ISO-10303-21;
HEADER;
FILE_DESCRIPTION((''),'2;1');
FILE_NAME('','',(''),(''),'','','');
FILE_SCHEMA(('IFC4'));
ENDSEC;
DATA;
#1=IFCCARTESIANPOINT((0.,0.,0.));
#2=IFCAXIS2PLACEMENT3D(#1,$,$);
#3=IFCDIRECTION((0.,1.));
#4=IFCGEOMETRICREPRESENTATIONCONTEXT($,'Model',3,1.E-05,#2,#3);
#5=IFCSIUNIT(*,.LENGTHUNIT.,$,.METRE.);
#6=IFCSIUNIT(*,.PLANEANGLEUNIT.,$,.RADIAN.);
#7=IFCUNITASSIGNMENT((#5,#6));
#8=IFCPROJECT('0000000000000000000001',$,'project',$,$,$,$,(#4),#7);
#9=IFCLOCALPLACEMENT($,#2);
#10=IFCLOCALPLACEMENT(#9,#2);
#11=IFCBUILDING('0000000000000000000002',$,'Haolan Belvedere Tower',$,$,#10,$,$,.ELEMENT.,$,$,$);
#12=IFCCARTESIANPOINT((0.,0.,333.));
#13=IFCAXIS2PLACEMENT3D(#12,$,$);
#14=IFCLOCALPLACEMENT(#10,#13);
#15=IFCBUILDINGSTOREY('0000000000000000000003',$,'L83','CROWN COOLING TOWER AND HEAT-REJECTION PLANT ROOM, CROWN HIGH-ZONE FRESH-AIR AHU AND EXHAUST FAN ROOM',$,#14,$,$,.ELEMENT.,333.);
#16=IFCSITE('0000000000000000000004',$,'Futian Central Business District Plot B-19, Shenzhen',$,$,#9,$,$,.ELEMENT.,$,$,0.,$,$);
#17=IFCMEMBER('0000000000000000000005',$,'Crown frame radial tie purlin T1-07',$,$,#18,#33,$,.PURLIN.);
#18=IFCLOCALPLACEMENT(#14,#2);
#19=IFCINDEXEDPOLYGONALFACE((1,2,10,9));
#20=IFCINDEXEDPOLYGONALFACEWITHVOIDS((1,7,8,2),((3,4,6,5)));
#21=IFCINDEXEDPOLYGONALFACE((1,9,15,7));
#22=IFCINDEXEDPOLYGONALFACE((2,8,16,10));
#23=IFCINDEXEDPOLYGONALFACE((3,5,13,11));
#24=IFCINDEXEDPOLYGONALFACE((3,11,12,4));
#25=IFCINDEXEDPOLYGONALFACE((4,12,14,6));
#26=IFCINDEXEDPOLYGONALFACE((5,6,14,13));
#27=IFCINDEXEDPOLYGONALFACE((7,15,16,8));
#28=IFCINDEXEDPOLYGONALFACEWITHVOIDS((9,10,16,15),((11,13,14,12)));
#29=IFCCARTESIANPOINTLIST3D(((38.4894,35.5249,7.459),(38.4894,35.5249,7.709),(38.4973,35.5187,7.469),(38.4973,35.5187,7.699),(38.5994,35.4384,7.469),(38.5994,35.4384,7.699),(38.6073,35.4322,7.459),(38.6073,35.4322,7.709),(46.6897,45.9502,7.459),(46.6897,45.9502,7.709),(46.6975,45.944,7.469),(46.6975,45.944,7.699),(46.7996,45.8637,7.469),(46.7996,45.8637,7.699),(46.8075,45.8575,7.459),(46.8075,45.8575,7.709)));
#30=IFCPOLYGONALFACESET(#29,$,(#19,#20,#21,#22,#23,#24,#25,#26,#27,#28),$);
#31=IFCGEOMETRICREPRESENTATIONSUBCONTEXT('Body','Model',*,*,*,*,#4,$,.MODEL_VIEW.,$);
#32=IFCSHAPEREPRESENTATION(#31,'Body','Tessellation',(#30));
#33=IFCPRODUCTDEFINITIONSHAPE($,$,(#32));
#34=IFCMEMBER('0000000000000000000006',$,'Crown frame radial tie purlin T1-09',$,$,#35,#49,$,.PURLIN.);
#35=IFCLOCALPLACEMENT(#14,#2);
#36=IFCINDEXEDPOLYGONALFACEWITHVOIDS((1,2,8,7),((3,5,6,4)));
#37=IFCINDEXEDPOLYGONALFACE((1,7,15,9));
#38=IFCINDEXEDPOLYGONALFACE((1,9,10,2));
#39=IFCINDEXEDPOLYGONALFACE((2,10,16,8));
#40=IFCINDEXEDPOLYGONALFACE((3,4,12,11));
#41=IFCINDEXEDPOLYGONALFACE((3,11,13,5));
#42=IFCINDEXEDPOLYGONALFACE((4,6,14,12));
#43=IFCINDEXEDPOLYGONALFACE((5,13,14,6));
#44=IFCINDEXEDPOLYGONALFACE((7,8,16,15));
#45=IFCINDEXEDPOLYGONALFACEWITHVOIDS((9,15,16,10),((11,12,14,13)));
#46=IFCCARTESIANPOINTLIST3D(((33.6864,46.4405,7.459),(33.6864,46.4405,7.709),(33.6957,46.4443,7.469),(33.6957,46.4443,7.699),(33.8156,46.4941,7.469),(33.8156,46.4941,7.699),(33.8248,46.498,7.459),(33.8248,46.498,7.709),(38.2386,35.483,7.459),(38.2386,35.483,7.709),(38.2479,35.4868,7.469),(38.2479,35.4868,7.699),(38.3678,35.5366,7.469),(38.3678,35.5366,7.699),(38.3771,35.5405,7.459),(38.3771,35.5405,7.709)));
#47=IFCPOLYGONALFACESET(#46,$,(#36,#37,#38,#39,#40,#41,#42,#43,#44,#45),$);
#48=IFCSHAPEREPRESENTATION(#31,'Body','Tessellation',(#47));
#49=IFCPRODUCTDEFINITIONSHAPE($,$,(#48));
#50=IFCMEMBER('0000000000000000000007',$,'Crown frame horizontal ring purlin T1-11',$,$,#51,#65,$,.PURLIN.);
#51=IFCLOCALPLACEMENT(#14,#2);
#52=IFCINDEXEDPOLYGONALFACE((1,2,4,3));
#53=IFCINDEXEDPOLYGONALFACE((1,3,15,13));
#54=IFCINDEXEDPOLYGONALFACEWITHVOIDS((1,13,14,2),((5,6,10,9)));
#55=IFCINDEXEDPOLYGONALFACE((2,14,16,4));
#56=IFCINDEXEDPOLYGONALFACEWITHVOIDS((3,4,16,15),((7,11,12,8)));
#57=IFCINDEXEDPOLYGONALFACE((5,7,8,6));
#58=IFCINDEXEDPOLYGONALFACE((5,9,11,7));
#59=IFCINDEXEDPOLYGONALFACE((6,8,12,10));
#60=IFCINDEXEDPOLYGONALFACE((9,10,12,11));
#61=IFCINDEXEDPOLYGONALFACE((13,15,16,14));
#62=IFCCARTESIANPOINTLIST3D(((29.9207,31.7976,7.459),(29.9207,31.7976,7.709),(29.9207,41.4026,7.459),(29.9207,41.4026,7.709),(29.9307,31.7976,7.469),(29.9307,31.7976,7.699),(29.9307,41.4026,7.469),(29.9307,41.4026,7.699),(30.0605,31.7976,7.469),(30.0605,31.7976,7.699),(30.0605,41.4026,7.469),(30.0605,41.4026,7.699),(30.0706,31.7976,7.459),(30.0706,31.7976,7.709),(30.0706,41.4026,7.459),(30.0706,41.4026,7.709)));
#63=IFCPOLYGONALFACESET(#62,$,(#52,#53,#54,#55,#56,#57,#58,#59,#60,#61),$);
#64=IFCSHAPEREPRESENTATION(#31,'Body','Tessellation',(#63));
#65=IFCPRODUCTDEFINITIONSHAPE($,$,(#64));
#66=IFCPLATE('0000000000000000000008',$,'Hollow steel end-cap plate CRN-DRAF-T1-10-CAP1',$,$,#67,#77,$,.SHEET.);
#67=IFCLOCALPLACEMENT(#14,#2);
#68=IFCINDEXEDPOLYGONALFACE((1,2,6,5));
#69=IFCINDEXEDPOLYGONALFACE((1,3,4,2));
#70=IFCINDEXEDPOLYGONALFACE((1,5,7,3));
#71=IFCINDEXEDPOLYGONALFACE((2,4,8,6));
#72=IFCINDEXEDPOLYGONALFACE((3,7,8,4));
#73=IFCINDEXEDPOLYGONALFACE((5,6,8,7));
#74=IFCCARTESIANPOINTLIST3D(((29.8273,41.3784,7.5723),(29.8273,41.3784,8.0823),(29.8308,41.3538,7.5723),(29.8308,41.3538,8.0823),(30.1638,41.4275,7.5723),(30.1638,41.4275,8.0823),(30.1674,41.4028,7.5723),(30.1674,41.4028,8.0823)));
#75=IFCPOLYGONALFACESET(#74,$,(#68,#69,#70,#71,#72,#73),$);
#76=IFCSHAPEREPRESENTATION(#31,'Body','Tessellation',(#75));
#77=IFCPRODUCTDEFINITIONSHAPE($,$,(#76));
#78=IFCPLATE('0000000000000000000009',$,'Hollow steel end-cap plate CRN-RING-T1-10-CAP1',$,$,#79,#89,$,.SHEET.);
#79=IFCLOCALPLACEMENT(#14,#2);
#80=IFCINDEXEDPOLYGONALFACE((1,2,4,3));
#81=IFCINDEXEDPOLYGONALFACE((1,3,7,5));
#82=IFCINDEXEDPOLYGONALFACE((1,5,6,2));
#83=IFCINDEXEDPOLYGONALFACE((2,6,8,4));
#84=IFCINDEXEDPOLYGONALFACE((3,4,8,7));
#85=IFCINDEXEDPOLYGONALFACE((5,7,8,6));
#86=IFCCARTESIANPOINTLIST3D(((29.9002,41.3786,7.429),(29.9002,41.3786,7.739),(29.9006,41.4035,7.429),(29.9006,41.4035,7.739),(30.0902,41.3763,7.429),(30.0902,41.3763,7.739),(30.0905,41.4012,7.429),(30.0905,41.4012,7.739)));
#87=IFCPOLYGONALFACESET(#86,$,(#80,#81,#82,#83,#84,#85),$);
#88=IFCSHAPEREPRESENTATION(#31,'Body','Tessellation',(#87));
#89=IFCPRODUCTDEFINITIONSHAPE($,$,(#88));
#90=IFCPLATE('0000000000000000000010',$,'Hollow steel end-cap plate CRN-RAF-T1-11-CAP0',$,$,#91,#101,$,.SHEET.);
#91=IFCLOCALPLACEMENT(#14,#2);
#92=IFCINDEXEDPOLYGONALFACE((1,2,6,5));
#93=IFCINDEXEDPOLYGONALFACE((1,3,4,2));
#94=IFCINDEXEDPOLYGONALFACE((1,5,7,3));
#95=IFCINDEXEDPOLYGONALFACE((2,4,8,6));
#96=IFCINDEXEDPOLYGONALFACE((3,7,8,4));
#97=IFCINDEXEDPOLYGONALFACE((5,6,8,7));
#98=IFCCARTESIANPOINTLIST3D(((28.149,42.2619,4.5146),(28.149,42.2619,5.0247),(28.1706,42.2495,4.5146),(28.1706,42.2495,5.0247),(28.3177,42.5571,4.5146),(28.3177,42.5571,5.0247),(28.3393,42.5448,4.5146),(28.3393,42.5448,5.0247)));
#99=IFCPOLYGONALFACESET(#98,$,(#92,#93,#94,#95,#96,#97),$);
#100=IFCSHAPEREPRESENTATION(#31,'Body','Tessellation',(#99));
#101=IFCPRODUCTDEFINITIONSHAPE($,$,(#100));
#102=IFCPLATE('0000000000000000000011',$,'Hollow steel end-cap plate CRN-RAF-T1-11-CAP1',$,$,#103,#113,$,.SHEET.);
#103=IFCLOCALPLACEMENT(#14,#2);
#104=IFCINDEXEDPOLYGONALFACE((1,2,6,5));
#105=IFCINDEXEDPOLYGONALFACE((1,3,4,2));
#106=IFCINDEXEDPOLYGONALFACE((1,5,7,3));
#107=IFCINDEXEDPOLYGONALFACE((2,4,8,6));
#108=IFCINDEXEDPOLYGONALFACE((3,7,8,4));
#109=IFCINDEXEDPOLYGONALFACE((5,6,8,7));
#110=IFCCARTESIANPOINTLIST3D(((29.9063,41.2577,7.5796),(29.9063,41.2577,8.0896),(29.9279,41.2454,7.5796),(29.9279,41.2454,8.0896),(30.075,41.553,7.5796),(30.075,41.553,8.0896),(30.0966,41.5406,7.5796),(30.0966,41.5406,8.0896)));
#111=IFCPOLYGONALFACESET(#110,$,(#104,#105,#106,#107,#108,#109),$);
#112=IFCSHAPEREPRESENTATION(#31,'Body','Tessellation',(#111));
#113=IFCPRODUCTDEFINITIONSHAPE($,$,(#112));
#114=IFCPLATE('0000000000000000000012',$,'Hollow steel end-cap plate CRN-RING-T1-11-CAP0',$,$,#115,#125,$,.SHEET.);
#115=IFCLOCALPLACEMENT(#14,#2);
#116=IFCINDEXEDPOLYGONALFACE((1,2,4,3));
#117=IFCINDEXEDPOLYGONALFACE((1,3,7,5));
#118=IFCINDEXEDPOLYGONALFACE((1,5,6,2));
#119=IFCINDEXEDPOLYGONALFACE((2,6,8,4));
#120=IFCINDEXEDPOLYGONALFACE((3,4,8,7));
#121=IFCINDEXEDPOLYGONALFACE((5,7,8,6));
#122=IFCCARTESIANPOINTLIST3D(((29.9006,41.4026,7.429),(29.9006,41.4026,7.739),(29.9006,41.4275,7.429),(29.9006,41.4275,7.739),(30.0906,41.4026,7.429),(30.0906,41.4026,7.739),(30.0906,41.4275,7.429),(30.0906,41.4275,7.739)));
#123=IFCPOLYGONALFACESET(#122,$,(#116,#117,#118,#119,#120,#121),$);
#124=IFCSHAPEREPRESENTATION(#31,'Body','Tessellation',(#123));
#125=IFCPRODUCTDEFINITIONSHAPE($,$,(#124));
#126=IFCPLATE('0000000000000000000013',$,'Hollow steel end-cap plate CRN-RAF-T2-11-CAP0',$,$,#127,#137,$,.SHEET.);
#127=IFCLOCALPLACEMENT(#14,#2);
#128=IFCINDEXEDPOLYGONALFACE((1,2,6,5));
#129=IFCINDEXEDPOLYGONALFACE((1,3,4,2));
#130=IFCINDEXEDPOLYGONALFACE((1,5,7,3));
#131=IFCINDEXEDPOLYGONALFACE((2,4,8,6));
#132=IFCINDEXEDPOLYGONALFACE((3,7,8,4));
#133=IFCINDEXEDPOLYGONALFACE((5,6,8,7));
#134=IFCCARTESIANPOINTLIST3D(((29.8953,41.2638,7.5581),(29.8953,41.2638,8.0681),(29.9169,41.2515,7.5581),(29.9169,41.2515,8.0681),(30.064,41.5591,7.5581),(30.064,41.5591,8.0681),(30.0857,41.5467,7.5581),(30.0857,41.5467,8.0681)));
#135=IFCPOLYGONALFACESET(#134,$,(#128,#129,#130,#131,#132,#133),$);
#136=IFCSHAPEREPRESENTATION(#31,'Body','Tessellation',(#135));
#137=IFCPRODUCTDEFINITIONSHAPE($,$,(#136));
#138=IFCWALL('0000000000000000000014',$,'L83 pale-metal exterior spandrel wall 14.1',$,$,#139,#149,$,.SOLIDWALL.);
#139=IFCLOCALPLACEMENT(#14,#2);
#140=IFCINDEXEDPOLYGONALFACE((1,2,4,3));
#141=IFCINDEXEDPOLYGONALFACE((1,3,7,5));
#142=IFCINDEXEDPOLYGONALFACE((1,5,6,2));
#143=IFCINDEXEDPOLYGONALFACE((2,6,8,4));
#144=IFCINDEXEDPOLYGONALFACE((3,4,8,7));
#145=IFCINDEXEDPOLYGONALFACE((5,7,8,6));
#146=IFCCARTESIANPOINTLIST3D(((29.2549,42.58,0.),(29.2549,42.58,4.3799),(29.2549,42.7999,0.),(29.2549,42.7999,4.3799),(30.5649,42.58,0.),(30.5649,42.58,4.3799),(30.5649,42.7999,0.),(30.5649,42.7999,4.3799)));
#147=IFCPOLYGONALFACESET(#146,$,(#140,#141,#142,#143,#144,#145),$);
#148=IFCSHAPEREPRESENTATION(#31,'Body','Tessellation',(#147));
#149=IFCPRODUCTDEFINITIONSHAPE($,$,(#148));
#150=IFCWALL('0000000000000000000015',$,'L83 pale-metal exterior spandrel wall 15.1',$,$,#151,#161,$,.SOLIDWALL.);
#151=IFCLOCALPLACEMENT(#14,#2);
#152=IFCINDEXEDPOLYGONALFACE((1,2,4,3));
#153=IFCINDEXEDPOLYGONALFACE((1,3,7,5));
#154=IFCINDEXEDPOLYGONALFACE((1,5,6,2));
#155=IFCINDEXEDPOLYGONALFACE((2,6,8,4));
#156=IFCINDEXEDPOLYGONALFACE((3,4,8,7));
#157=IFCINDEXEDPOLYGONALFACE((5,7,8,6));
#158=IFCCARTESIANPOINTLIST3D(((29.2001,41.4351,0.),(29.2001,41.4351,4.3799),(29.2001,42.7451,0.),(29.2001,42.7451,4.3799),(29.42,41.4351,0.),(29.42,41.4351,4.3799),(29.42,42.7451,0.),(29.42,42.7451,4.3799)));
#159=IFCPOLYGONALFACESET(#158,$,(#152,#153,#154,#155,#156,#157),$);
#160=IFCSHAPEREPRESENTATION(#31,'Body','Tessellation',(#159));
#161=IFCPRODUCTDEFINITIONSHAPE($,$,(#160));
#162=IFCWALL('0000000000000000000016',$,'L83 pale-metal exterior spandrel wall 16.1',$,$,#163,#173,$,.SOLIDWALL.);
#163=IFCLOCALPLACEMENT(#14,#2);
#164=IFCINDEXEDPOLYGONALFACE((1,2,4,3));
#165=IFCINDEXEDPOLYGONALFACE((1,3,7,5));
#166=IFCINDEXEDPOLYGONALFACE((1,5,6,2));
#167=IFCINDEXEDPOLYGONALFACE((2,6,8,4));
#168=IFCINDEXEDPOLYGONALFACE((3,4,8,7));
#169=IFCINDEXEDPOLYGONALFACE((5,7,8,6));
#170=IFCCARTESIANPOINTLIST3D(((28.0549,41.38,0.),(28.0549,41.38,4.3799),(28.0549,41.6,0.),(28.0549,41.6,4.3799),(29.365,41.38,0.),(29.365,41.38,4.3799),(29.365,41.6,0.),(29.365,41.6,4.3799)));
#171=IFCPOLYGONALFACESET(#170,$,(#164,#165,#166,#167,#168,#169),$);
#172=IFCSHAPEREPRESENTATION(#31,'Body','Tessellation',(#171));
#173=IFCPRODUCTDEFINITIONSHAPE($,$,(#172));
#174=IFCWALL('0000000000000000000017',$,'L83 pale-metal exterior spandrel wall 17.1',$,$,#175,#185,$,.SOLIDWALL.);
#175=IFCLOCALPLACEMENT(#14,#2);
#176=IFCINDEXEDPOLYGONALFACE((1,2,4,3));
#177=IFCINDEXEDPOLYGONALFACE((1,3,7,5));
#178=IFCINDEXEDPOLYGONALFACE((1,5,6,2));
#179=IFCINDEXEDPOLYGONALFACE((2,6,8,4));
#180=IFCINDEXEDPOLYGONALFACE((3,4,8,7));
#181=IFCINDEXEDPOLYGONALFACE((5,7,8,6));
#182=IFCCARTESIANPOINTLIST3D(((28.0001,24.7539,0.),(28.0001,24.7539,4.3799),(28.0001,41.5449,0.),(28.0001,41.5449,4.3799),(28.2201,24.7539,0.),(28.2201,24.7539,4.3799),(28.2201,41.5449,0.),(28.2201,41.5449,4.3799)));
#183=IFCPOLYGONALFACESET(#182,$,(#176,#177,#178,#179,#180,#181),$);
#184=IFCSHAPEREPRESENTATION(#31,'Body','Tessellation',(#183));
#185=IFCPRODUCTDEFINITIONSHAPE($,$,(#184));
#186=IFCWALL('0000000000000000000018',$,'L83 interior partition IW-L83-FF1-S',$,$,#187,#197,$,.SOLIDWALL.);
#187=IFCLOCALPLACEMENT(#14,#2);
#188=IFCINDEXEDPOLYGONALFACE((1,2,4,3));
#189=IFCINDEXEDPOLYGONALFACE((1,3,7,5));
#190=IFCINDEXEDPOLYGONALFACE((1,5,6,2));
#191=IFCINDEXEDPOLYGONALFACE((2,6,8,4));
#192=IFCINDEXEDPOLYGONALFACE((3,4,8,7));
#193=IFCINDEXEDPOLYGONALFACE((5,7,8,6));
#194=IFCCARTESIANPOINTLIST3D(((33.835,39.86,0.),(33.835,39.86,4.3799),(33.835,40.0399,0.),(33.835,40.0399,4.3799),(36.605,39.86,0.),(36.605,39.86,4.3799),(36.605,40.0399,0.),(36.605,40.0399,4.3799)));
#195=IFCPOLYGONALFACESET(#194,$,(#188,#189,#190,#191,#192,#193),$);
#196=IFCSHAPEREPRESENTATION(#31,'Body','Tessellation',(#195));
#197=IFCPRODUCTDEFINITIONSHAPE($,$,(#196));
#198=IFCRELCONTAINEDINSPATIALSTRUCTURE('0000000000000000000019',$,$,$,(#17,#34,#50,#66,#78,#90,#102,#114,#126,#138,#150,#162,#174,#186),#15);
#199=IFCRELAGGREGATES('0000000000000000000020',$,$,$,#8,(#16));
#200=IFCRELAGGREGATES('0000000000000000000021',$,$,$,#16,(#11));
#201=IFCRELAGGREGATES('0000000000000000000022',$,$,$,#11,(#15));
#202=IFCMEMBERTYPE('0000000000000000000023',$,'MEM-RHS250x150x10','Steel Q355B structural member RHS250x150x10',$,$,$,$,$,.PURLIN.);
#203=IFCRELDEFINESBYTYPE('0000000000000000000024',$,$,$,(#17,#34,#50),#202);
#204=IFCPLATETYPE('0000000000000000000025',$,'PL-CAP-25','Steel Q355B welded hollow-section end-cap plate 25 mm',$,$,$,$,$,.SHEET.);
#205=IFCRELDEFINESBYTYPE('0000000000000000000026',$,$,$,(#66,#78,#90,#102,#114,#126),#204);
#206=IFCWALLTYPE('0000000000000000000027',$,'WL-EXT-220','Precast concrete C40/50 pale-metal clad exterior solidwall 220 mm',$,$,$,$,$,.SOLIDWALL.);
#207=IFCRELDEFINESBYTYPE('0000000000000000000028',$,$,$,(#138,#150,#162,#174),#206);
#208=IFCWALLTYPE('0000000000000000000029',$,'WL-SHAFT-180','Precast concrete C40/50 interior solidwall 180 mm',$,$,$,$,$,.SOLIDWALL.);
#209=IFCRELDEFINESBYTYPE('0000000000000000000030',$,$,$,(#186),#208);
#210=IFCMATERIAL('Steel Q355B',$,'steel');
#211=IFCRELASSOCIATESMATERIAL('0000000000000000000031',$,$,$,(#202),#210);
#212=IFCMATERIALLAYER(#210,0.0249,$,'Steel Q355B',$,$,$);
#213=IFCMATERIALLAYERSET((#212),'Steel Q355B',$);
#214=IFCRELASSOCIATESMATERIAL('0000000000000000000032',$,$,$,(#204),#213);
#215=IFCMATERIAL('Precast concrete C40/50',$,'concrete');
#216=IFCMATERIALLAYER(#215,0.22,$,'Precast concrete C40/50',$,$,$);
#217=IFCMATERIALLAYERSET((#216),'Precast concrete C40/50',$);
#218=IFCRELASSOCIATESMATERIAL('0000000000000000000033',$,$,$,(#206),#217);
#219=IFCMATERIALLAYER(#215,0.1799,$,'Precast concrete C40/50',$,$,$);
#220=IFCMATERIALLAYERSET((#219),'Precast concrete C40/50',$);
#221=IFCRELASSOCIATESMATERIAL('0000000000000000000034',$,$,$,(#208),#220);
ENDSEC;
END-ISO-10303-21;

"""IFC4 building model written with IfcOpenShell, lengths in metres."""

from ifc_helpers import new_model, si_unit, direction, frame, frame_2d, origin, origin_2d, place, context, subcontext, project, spatial, rectangle, hollow_rectangle, extrude, material, layer, layer_set, material_profile, profile_set, type_object, element, save


model = new_model("IFC4")

# Units and contexts
model_context = context("Model", 3, precision=1e-05, world=origin(), true_north=direction((0.0, 1.0)))
body_context = subcontext(model_context, "Body", "Model", "MODEL_VIEW")
ifc_project = project(units=[si_unit("LENGTHUNIT", "METRE"), si_unit("PLANEANGLEUNIT", "RADIAN")], contexts=[model_context])

# Site, building, storey
site_placement = place(None, origin())
site = spatial("IfcSite", under=ifc_project, at=site_placement, Name="Futian Central Business District Plot B-19, Shenzhen", CompositionType="ELEMENT", RefElevation=0.0)
building_placement = place(site_placement, origin())
building = spatial("IfcBuilding", under=site, at=building_placement, Name="Haolan Belvedere Tower", CompositionType="ELEMENT")
storey_placement = place(building_placement, frame((0.0, 0.0, 333.0)))
storey = spatial("IfcBuildingStorey", under=building, at=storey_placement, Name="L83", Description="CROWN COOLING TOWER AND HEAT-REJECTION PLANT ROOM, CROWN HIGH-ZONE FRESH-AIR AHU AND EXHAUST FAN ROOM", CompositionType="ELEMENT", Elevation=333.0)

# Shared definitions
ifc_material_1 = material(Name="Steel Q355B", Category="steel")

# Members
ifc_material_profile_1 = material_profile(ifc_material_1, hollow_rectangle(XDim=0.1499, YDim=0.25, WallThickness=0.01, at=origin_2d()), Name="Steel Q355B")
ifc_profile_set_1 = profile_set([ifc_material_profile_1], Name="Steel Q355B")
member_type_1 = type_object("IfcMemberType", Name="MEM-RHS250x150x10", Description="Steel Q355B structural member RHS250x150x10", PredefinedType="PURLIN", material=ifc_profile_set_1)
member_1_placement = place(storey_placement, frame((38.5483, 35.4785, 7.584), z_axis=(0.618236, 0.785992, 0.0), x_axis=(-0.785992, 0.618236, 0.0)))
element("IfcMember", 1, at=member_1_placement, inside=storey, type_object=member_type_1, Name="Crown frame radial tie purlin T1-07", PredefinedType="PURLIN", context=body_context, shape_type="SweptSolid", body=[
    extrude(hollow_rectangle(XDim=0.1499, YDim=0.25, WallThickness=0.01, at=origin_2d()), origin(), (0.0, 0.0, 1.0), 13.2639),
])
member_2_placement = place(storey_placement, frame((38.3079, 35.5117, 7.584), z_axis=(-0.383654, 0.923477, 0.0), x_axis=(-0.923477, -0.383654, 0.0)))
element("IfcMember", 2, at=member_2_placement, inside=storey, type_object=member_type_1, Name="Crown frame radial tie purlin T1-09", PredefinedType="PURLIN", context=body_context, shape_type="SweptSolid", body=[
    extrude(hollow_rectangle(XDim=0.1499, YDim=0.25, WallThickness=0.01, at=origin_2d()), origin(), (0.0, 0.0, 1.0), 11.8655),
])
member_3_placement = place(storey_placement, frame((29.9956, 41.4026, 7.584), z_axis=(0.0, -1.0, 0.0), x_axis=(1.0, 0.0, 0.0)))
element("IfcMember", 3, at=member_3_placement, inside=storey, type_object=member_type_1, Name="Crown frame horizontal ring purlin T1-11", PredefinedType="PURLIN", context=body_context, shape_type="SweptSolid", body=[
    extrude(hollow_rectangle(XDim=0.1499, YDim=0.25, WallThickness=0.01, at=origin_2d()), origin(), (0.0, 0.0, 1.0), 9.605),
])

# Plates
ifc_layer_1 = layer(ifc_material_1, 0.0249, Name="Steel Q355B")
ifc_layer_set_1 = layer_set([ifc_layer_1], Name="Steel Q355B")
plate_type = type_object("IfcPlateType", Name="PL-CAP-25", Description="Steel Q355B welded hollow-section end-cap plate 25 mm", PredefinedType="SHEET", material=ifc_layer_set_1)
plate_1_placement = place(storey_placement, frame((29.9973, 41.3906, 7.5723), z_axis=(0.0, 0.0, 1.0), x_axis=(0.989528, 0.144339, 0.0)))
element("IfcPlate", 4, at=plate_1_placement, inside=storey, type_object=plate_type, Name="Hollow steel end-cap plate CRN-DRAF-T1-10-CAP1", PredefinedType="SHEET", context=body_context, shape_type="SweptSolid", body=[
    extrude(rectangle(XDim=0.3401, YDim=0.0249, at=origin_2d()), origin(), (0.0, 0.0, 1.0), 0.51),
])
plate_2_placement = place(storey_placement, frame((29.9954, 41.3899, 7.429), z_axis=(0.0, 0.0, 1.0), x_axis=(0.999923, -0.012409, 0.0)))
element("IfcPlate", 5, at=plate_2_placement, inside=storey, type_object=plate_type, Name="Hollow steel end-cap plate CRN-RING-T1-10-CAP1", PredefinedType="SHEET", context=body_context, shape_type="SweptSolid", body=[
    extrude(rectangle(XDim=0.1899, YDim=0.0249, at=origin_2d()), origin(), (0.0, 0.0, 1.0), 0.3101),
])
for number, where, z_axis, x_axis, name in (
    (6, (28.2441, 42.4033, 4.5146), (0.0, 0.0, 1.0), (-0.496141, -0.868242, 0.0), "Hollow steel end-cap plate CRN-RAF-T1-11-CAP0"),
    (7, (30.0015, 41.3992, 7.5796), (0.0, 0.0, 1.0), (0.496141, 0.868242, 0.0), "Hollow steel end-cap plate CRN-RAF-T1-11-CAP1"),
):
    element("IfcPlate", number, at=place(storey_placement, frame(where, z_axis=z_axis, x_axis=x_axis)), inside=storey, type_object=plate_type, Name=name, PredefinedType="SHEET", context=body_context, shape_type="SweptSolid", body=[
        extrude(rectangle(XDim=0.3401, YDim=0.0249, at=origin_2d()), origin(), (0.0, 0.0, 1.0), 0.51),
    ])
plate_3_placement = place(storey_placement, frame((29.9956, 41.415, 7.429), z_axis=(0.0, 0.0, 1.0), x_axis=(-1.0, 0.0, 0.0)))
element("IfcPlate", 8, at=plate_3_placement, inside=storey, type_object=plate_type, Name="Hollow steel end-cap plate CRN-RING-T1-11-CAP0", PredefinedType="SHEET", context=body_context, shape_type="SweptSolid", body=[
    extrude(rectangle(XDim=0.1899, YDim=0.0249, at=origin_2d()), origin(), (0.0, 0.0, 1.0), 0.3101),
])
plate_4_placement = place(storey_placement, frame((29.9905, 41.4053, 7.5581), z_axis=(0.0, 0.0, 1.0), x_axis=(-0.496141, -0.868242, 0.0)))
element("IfcPlate", 9, at=plate_4_placement, inside=storey, type_object=plate_type, Name="Hollow steel end-cap plate CRN-RAF-T2-11-CAP0", PredefinedType="SHEET", context=body_context, shape_type="SweptSolid", body=[
    extrude(rectangle(XDim=0.3401, YDim=0.0249, at=origin_2d()), origin(), (0.0, 0.0, 1.0), 0.51),
])

# Walls
ifc_material_2 = material(Name="Precast concrete C40/50", Category="concrete")
ifc_layer_2 = layer(ifc_material_2, 0.22, Name="Precast concrete C40/50")
ifc_layer_set_2 = layer_set([ifc_layer_2], Name="Precast concrete C40/50")
wall_type_1 = type_object("IfcWallType", Name="WL-EXT-220", Description="Precast concrete C40/50 pale-metal clad exterior solidwall 220 mm", PredefinedType="SOLIDWALL", material=ifc_layer_set_2)
for number, where, z_axis, x_axis, name in (
    (10, (30.5649, 42.6899, 0.0), (0.0, 0.0, 1.0), (-1.0, 0.0, 0.0), "L83 pale-metal exterior spandrel wall 14.1"),
    (11, (29.3101, 42.7451, 0.0), (0.0, 0.0, 1.0), (0.0, -1.0, 0.0), "L83 pale-metal exterior spandrel wall 15.1"),
    (12, (29.365, 41.49, 0.0), (0.0, 0.0, 1.0), (-1.0, 0.0, 0.0), "L83 pale-metal exterior spandrel wall 16.1"),
):
    element("IfcWall", number, at=place(storey_placement, frame(where, z_axis=z_axis, x_axis=x_axis)), inside=storey, type_object=wall_type_1, Name=name, PredefinedType="SOLIDWALL", context=body_context, shape_type="SweptSolid", body=[
        extrude(rectangle(XDim=1.3101, YDim=0.22, at=frame_2d((0.655, 0.0))), origin(), (0.0, 0.0, 1.0), 4.3799),
    ])
wall_1_placement = place(storey_placement, frame((28.1101, 41.5449, 0.0), z_axis=(0.0, 0.0, 1.0), x_axis=(0.0, -1.0, 0.0)))
element("IfcWall", 13, at=wall_1_placement, inside=storey, type_object=wall_type_1, Name="L83 pale-metal exterior spandrel wall 17.1", PredefinedType="SOLIDWALL", context=body_context, shape_type="SweptSolid", body=[
    extrude(rectangle(XDim=16.791, YDim=0.22, at=frame_2d((8.3955, 0.0))), origin(), (0.0, 0.0, 1.0), 4.3799),
])
ifc_layer_3 = layer(ifc_material_2, 0.1799, Name="Precast concrete C40/50")
ifc_layer_set_3 = layer_set([ifc_layer_3], Name="Precast concrete C40/50")
wall_type_2 = type_object("IfcWallType", Name="WL-SHAFT-180", Description="Precast concrete C40/50 interior solidwall 180 mm", PredefinedType="SOLIDWALL", material=ifc_layer_set_3)
wall_2_placement = place(storey_placement, frame((33.835, 39.95, 0.0), z_axis=(0.0, 0.0, 1.0), x_axis=(1.0, 0.0, 0.0)))
element("IfcWall", 14, at=wall_2_placement, inside=storey, type_object=wall_type_2, Name="L83 interior partition IW-L83-FF1-S", PredefinedType="SOLIDWALL", context=body_context, shape_type="SweptSolid", body=[
    extrude(rectangle(XDim=2.77, YDim=0.1799, at=frame_2d((1.385, 0.0))), origin(), (0.0, 0.0, 1.0), 4.3799),
])

save(model, "model.ifc")
